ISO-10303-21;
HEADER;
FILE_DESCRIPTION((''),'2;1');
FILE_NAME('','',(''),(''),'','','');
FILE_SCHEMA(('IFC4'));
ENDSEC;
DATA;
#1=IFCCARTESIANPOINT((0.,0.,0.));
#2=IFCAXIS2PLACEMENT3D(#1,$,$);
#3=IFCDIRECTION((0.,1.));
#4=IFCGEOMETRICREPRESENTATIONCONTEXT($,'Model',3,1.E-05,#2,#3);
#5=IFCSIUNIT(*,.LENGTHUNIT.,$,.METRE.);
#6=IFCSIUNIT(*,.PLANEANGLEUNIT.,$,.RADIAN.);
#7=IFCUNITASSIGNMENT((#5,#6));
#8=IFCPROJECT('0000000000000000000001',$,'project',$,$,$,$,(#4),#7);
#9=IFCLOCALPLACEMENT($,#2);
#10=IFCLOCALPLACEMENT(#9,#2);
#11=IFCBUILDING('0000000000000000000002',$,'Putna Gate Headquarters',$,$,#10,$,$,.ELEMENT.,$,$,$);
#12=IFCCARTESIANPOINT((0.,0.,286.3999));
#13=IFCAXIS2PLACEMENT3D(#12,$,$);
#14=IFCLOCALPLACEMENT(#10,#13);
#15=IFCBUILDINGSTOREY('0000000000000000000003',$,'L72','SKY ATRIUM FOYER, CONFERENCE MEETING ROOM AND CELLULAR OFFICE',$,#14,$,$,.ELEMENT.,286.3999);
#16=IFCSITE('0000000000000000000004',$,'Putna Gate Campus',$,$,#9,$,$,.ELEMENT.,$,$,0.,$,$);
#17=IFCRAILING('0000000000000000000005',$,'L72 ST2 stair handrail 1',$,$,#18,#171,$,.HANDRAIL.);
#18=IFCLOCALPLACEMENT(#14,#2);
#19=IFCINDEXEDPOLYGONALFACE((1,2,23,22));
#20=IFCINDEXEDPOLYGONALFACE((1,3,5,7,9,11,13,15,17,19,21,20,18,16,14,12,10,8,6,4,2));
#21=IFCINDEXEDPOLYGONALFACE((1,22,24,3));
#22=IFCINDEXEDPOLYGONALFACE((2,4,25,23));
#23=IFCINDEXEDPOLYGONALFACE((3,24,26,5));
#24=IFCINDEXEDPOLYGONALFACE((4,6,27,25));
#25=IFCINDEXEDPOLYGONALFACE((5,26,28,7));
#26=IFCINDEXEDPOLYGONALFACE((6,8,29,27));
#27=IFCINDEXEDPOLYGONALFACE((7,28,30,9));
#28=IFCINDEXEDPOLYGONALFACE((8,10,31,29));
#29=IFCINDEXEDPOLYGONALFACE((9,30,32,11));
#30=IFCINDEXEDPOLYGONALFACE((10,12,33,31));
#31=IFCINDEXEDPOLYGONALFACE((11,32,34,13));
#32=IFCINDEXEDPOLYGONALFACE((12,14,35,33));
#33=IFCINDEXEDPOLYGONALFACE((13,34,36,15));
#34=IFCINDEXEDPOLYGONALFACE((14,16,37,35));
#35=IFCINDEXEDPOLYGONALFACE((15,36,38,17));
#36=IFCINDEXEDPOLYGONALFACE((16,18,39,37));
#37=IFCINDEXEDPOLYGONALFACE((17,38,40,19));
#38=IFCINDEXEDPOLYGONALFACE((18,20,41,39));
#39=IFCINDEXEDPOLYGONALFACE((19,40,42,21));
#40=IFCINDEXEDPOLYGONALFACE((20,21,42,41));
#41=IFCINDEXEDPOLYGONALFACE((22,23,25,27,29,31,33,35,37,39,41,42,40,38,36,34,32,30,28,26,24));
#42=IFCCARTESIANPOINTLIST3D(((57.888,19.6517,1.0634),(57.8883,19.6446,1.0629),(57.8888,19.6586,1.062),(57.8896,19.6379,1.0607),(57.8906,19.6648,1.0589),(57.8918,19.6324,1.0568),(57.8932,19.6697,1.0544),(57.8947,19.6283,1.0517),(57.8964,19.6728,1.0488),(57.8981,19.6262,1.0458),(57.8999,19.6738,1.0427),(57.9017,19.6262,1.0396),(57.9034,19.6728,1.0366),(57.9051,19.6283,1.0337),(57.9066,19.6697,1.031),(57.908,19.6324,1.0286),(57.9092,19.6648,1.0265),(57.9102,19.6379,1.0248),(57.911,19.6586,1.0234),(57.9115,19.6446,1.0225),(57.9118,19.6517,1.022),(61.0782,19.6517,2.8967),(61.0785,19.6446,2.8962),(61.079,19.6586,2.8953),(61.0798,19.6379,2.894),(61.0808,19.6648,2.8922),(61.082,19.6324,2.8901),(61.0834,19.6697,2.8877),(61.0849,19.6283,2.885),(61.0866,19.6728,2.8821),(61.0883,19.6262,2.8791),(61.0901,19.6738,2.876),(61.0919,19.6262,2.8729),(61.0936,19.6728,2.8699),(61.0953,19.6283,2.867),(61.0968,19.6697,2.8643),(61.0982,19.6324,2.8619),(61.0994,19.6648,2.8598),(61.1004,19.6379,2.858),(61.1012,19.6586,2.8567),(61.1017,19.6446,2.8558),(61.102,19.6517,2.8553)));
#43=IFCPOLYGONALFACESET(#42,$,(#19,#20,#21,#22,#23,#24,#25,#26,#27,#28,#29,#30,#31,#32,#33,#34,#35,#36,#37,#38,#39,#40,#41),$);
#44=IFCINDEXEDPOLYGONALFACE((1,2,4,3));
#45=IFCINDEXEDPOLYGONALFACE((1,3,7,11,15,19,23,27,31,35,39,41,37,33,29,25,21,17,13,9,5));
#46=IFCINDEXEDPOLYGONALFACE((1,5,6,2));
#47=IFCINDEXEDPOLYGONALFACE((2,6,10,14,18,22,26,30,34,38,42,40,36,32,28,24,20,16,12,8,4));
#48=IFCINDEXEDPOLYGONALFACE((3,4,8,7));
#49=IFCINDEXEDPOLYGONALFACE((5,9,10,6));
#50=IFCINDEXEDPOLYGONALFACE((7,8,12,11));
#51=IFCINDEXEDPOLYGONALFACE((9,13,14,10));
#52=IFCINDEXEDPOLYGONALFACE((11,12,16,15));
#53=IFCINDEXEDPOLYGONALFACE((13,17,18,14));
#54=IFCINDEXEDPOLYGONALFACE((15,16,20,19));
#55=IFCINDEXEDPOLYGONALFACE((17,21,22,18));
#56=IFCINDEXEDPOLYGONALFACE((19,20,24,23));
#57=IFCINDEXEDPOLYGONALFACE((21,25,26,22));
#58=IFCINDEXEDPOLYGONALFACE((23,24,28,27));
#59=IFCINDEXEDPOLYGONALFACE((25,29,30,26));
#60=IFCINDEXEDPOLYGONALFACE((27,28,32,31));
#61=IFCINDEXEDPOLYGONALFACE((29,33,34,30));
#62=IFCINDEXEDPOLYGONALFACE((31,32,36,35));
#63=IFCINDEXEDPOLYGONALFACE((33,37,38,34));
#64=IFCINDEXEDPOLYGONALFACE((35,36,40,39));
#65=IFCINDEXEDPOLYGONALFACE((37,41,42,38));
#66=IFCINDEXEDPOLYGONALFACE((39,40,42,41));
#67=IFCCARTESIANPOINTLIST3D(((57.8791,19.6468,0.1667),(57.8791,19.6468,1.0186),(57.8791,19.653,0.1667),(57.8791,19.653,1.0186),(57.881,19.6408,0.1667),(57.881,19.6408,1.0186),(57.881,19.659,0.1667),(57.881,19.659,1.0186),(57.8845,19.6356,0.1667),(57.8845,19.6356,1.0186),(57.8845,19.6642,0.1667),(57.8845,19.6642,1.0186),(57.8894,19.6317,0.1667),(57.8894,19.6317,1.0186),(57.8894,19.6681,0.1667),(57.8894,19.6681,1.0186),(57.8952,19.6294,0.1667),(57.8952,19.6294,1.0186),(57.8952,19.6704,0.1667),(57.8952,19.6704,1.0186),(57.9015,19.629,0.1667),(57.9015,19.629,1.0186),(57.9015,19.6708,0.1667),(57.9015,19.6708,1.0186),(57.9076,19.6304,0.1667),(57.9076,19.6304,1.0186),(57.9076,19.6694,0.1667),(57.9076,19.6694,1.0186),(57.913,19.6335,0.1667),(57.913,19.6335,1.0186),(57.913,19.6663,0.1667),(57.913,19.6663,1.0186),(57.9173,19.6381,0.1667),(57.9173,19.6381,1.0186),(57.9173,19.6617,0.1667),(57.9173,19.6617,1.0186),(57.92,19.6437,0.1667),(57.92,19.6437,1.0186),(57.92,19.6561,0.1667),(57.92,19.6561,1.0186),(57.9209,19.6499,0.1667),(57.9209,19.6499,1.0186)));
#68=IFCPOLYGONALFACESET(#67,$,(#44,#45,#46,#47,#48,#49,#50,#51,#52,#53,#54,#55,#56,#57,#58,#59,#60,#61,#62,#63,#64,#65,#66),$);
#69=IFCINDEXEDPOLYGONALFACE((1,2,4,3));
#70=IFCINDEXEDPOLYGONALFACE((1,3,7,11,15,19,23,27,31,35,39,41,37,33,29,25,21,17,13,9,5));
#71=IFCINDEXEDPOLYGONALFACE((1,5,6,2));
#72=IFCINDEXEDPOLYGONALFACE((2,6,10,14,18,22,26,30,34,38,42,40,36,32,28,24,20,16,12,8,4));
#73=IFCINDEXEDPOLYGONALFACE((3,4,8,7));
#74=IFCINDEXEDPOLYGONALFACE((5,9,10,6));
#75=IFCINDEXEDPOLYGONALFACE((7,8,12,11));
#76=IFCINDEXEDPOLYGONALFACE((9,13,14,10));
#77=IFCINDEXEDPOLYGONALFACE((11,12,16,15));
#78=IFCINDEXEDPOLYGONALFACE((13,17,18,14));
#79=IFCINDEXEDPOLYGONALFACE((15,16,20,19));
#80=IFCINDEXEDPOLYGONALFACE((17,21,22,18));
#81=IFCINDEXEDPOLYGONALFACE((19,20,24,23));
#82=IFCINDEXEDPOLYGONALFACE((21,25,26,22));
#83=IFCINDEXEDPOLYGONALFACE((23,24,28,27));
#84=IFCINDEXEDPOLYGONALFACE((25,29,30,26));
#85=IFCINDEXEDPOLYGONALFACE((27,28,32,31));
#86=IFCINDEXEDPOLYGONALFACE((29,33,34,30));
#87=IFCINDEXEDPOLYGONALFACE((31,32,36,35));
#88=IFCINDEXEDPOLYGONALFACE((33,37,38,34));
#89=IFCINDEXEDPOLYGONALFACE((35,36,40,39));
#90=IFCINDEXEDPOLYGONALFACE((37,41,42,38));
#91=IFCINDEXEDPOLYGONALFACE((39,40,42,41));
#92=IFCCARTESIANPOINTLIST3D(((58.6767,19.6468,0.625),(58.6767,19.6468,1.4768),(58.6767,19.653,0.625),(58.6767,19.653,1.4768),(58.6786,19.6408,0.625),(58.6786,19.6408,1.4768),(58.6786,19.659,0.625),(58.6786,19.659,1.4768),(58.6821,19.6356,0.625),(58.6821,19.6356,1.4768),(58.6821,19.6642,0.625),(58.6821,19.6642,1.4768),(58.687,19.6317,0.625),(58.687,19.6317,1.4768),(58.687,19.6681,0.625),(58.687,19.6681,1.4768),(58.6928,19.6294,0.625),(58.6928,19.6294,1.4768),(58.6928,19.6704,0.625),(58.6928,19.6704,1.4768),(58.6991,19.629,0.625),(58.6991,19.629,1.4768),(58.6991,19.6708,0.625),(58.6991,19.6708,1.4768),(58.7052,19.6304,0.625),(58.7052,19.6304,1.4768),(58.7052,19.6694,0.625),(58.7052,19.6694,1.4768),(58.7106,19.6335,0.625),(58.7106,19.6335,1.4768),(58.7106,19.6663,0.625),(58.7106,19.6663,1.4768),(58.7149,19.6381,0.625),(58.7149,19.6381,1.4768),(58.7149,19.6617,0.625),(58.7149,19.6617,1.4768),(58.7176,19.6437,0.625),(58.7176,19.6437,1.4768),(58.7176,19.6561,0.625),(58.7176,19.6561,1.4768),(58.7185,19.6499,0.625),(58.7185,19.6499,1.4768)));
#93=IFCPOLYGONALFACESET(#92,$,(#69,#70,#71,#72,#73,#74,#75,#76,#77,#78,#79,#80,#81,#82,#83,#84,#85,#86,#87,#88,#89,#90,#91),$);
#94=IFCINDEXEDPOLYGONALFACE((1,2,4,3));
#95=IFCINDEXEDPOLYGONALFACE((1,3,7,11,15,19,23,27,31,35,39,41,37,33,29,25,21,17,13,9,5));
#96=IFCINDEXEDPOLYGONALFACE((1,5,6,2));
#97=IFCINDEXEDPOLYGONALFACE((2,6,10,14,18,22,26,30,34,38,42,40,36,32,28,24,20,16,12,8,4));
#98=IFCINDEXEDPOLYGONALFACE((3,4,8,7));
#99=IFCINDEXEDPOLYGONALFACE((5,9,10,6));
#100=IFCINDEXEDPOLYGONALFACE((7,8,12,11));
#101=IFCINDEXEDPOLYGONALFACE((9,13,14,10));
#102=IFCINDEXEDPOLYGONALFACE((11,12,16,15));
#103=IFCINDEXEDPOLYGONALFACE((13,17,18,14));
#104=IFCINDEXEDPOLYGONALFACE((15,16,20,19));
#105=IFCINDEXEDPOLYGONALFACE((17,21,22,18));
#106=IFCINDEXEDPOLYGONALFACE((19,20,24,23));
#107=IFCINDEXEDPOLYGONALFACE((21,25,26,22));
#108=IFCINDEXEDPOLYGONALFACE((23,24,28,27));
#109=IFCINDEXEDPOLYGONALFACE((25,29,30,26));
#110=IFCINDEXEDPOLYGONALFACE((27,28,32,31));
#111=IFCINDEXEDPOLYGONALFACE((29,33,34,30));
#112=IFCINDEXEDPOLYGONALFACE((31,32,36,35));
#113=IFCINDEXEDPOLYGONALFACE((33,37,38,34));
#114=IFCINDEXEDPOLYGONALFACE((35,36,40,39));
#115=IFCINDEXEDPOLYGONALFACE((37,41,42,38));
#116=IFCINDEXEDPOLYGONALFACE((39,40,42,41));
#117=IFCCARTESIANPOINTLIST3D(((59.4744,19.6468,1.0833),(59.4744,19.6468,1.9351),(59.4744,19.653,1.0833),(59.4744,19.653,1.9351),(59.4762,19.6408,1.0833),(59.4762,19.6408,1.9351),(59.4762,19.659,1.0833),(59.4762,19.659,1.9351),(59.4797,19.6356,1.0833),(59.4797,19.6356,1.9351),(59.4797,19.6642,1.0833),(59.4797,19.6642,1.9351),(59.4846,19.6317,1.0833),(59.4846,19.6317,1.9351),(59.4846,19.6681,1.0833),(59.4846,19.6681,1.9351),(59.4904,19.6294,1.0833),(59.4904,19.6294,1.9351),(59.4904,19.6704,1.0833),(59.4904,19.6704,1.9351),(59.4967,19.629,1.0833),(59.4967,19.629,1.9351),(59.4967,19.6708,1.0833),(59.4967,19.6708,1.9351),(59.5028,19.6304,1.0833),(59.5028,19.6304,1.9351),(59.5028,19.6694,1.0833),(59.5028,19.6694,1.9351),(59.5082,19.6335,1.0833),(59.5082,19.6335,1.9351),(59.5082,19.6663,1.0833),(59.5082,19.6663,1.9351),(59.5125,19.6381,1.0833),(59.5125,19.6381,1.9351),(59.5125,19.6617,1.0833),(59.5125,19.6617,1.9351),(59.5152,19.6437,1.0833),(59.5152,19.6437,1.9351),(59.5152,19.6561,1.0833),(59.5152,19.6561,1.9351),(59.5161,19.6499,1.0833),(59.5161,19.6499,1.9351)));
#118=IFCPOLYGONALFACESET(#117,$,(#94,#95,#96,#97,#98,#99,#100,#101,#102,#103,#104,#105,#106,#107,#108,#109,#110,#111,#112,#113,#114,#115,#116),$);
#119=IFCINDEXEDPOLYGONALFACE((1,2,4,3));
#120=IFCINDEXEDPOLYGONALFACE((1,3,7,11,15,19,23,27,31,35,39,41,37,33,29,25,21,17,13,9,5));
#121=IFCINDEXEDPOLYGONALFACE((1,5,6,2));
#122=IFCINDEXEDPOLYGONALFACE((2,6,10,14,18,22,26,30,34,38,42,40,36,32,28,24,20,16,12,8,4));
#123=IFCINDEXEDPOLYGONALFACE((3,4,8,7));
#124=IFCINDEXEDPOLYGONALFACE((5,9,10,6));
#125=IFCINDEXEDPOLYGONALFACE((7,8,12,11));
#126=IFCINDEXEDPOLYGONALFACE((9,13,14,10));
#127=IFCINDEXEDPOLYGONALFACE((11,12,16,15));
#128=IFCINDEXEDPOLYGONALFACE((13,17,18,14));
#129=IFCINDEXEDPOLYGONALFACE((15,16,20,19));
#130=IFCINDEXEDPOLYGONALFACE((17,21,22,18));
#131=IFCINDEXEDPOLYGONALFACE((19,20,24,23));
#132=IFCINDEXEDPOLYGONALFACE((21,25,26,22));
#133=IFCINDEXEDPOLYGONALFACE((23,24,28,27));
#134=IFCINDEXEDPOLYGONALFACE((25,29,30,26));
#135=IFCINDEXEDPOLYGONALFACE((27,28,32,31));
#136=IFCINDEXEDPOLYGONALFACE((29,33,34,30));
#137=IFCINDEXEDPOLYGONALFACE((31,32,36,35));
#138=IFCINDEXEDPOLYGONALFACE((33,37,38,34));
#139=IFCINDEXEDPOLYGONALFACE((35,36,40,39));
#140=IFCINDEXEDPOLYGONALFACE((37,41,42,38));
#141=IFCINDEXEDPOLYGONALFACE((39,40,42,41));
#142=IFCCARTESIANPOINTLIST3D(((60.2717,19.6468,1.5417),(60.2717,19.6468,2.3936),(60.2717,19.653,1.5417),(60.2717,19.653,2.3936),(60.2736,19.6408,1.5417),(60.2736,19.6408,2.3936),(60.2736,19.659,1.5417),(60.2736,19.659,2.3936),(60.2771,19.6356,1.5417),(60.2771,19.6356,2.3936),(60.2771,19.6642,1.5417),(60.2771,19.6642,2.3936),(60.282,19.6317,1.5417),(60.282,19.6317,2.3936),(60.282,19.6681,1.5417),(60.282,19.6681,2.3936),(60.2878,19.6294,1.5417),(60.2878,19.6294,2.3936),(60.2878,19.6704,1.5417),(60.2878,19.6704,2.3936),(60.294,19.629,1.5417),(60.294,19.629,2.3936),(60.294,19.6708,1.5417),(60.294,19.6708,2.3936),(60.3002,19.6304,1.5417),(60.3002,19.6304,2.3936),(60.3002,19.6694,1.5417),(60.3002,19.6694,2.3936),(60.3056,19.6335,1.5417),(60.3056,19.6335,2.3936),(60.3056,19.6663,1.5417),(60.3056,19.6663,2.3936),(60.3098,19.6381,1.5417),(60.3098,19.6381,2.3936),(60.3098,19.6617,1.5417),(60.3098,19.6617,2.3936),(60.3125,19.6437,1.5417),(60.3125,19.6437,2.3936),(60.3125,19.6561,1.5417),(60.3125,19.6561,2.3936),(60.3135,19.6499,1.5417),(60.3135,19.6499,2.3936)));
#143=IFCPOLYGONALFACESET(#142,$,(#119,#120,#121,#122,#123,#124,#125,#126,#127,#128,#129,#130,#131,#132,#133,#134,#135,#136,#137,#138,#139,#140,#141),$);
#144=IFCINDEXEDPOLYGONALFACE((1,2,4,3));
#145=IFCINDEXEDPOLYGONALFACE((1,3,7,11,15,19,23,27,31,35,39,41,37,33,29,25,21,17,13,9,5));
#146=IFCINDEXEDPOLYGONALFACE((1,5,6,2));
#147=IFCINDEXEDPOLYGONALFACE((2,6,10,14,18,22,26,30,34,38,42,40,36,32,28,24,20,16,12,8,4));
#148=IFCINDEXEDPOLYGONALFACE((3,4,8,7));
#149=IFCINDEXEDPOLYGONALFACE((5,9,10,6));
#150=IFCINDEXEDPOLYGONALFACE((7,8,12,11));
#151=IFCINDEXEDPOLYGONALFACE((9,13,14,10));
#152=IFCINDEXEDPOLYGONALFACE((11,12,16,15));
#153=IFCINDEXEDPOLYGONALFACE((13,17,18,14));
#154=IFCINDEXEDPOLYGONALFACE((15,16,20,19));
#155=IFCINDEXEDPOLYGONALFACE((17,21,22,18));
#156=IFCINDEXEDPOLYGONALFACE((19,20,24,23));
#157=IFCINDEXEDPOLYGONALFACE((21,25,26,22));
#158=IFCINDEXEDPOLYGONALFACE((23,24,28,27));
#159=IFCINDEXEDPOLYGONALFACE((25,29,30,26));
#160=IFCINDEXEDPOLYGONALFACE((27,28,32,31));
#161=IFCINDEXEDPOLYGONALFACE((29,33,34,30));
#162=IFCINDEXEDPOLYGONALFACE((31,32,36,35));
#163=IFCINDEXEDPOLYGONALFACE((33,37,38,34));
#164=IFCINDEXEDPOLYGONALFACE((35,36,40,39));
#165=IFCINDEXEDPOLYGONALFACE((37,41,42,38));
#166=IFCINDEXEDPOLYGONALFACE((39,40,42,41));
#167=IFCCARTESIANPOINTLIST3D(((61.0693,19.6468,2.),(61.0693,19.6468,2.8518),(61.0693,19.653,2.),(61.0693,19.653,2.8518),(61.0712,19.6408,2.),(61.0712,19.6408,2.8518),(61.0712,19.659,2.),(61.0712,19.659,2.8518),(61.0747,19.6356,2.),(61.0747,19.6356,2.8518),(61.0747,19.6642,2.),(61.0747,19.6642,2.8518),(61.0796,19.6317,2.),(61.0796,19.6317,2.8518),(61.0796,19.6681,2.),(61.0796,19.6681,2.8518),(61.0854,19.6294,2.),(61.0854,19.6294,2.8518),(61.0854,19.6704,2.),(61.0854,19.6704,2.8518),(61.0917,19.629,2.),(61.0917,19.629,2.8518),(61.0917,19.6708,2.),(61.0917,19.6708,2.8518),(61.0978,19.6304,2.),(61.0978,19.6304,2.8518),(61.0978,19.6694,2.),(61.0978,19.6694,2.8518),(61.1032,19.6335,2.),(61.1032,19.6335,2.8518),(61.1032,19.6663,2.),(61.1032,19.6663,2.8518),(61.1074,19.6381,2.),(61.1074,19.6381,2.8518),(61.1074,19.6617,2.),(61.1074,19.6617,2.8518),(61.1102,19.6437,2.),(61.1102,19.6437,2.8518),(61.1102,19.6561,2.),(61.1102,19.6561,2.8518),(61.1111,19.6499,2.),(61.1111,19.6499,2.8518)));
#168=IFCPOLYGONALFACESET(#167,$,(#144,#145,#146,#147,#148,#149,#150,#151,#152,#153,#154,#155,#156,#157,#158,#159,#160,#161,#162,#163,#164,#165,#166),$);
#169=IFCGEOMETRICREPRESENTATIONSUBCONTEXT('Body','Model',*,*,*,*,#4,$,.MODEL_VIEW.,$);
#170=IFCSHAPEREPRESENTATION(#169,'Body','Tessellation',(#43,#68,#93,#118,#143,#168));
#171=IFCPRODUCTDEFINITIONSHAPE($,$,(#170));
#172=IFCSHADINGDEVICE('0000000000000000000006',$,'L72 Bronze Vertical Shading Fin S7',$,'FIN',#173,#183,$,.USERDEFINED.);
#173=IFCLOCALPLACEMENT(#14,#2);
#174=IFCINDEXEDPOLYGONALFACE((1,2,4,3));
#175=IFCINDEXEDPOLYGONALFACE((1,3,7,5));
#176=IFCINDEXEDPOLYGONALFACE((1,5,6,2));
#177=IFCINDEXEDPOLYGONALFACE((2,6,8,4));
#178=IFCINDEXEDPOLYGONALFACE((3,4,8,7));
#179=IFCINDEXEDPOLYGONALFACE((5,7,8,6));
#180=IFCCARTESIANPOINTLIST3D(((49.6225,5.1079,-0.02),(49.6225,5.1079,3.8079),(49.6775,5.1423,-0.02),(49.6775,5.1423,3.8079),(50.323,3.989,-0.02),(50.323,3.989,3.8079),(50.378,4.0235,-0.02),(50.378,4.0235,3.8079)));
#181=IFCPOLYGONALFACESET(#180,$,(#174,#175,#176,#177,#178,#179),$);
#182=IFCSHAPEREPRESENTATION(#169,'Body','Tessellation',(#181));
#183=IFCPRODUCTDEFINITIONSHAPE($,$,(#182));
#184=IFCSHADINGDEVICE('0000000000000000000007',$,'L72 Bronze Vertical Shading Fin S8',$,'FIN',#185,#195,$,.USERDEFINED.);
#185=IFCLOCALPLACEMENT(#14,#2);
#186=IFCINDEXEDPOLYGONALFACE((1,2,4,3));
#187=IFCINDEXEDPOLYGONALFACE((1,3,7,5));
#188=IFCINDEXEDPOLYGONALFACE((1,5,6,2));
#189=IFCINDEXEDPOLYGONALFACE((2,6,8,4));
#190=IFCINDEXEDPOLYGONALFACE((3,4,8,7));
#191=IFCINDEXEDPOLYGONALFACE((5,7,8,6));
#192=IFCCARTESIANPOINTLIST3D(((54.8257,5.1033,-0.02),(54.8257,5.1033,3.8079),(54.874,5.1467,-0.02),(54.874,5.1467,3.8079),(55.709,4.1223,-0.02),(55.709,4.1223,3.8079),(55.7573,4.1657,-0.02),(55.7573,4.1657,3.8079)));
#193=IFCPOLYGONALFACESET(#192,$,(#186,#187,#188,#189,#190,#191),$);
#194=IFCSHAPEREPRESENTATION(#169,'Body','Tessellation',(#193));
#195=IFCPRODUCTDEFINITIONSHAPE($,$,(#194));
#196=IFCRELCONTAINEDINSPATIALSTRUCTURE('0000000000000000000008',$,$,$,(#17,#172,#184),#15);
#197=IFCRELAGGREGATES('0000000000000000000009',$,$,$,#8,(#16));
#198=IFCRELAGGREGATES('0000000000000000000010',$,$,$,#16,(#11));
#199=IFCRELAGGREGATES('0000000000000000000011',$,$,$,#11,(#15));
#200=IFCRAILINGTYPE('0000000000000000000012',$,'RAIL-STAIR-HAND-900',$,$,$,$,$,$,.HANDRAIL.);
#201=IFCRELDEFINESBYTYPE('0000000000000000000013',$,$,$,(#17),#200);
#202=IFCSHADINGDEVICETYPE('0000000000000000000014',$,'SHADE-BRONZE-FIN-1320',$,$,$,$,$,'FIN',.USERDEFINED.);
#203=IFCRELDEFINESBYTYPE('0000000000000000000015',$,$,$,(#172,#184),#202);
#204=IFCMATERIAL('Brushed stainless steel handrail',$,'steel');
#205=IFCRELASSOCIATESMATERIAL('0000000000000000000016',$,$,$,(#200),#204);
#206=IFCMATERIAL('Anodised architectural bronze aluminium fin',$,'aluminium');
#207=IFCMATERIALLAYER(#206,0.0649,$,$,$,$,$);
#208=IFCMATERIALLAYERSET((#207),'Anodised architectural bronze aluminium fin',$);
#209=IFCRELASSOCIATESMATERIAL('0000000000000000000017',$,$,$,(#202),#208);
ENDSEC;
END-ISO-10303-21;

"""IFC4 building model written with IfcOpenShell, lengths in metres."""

from ifc_helpers import new_model, si_unit, direction, frame, origin, origin_2d, place, context, subcontext, project, spatial, rectangle, circle, extrude, material, layer, layer_set, type_object, element, save


model = new_model("IFC4")

# Units and contexts
model_context = context("Model", 3, precision=1e-05, world=origin(), true_north=direction((0.0, 1.0)))
body_context = subcontext(model_context, "Body", "Model", "MODEL_VIEW")
ifc_project = project(units=[si_unit("LENGTHUNIT", "METRE"), si_unit("PLANEANGLEUNIT", "RADIAN")], contexts=[model_context])

# Site, building, storey
site_placement = place(None, origin())
site = spatial("IfcSite", under=ifc_project, at=site_placement, Name="Putna Gate Campus", CompositionType="ELEMENT", RefElevation=0.0)
building_placement = place(site_placement, origin())
building = spatial("IfcBuilding", under=site, at=building_placement, Name="Putna Gate Headquarters", CompositionType="ELEMENT")
storey_placement = place(building_placement, frame((0.0, 0.0, 286.3999)))
storey = spatial("IfcBuildingStorey", under=building, at=storey_placement, Name="L72", Description="SKY ATRIUM FOYER, CONFERENCE MEETING ROOM AND CELLULAR OFFICE", CompositionType="ELEMENT", Elevation=286.3999)

# Railing
ifc_material_1 = material(Name="Brushed stainless steel handrail", Category="steel")
railing_type_1 = type_object("IfcRailingType", Name="RAIL-STAIR-HAND-900", PredefinedType="HANDRAIL", material=ifc_material_1)
railing_1_placement = place(storey_placement, frame((57.8999, 19.6499, 0.1667)))
element("IfcRailing", 1, at=railing_1_placement, inside=storey, type_object=railing_type_1, Name="L72 ST2 stair handrail 1", PredefinedType="HANDRAIL", context=body_context, shape_type="SweptSolid", body=[
    extrude(circle(Radius=0.0239, at=origin_2d()), frame((0.0, 0.0, 0.876), z_axis=(0.867036, 0.0, 0.498245), x_axis=(0.0, 1.0, 0.0)), (0.0, 0.0, 1.0), 3.6794),
    extrude(circle(Radius=0.021, at=origin_2d()), origin(), (0.0, 0.0, 1.0), 0.8518),
    extrude(circle(Radius=0.021, at=origin_2d()), frame((0.7976, 0.0, 0.4583)), (0.0, 0.0, 1.0), 0.8518),
    extrude(circle(Radius=0.021, at=origin_2d()), frame((1.5952, 0.0, 0.9165)), (0.0, 0.0, 1.0), 0.8518),
    extrude(circle(Radius=0.021, at=origin_2d()), frame((2.3926, 0.0, 1.375)), (0.0, 0.0, 1.0), 0.8518),
    extrude(circle(Radius=0.021, at=origin_2d()), frame((3.1902, 0.0, 1.8333)), (0.0, 0.0, 1.0), 0.8518),
])

# Shading devices
ifc_material_2 = material(Name="Anodised architectural bronze aluminium fin", Category="aluminium")
ifc_layer_1 = layer(ifc_material_2, 0.0649)
ifc_layer_set_1 = layer_set([ifc_layer_1], Name="Anodised architectural bronze aluminium fin")
shading_device_type = type_object("IfcShadingDeviceType", Name="SHADE-BRONZE-FIN-1320", ElementType="FIN", PredefinedType="USERDEFINED", material=ifc_layer_set_1)
for number, where, z_axis, x_axis, name in (
    (2, (50.0002, 4.5657, -0.02), (0.0, 0.0, 1.0), (0.530659, -0.847585, 0.0), "L72 Bronze Vertical Shading Fin S7"),
    (3, (55.2915, 4.6345, -0.02), (0.0, 0.0, 1.0), (0.669131, -0.743145, 0.0), "L72 Bronze Vertical Shading Fin S8"),
):
    element("IfcShadingDevice", number, at=place(storey_placement, frame(where, z_axis=z_axis, x_axis=x_axis)), inside=storey, type_object=shading_device_type, Name=name, ObjectType="FIN", PredefinedType="USERDEFINED", context=body_context, shape_type="SweptSolid", body=[
        extrude(rectangle(XDim=1.3201, YDim=0.0649, at=origin_2d()), origin(), (0.0, 0.0, 1.0), 3.8279),
    ])

save(model, "model.ifc")
